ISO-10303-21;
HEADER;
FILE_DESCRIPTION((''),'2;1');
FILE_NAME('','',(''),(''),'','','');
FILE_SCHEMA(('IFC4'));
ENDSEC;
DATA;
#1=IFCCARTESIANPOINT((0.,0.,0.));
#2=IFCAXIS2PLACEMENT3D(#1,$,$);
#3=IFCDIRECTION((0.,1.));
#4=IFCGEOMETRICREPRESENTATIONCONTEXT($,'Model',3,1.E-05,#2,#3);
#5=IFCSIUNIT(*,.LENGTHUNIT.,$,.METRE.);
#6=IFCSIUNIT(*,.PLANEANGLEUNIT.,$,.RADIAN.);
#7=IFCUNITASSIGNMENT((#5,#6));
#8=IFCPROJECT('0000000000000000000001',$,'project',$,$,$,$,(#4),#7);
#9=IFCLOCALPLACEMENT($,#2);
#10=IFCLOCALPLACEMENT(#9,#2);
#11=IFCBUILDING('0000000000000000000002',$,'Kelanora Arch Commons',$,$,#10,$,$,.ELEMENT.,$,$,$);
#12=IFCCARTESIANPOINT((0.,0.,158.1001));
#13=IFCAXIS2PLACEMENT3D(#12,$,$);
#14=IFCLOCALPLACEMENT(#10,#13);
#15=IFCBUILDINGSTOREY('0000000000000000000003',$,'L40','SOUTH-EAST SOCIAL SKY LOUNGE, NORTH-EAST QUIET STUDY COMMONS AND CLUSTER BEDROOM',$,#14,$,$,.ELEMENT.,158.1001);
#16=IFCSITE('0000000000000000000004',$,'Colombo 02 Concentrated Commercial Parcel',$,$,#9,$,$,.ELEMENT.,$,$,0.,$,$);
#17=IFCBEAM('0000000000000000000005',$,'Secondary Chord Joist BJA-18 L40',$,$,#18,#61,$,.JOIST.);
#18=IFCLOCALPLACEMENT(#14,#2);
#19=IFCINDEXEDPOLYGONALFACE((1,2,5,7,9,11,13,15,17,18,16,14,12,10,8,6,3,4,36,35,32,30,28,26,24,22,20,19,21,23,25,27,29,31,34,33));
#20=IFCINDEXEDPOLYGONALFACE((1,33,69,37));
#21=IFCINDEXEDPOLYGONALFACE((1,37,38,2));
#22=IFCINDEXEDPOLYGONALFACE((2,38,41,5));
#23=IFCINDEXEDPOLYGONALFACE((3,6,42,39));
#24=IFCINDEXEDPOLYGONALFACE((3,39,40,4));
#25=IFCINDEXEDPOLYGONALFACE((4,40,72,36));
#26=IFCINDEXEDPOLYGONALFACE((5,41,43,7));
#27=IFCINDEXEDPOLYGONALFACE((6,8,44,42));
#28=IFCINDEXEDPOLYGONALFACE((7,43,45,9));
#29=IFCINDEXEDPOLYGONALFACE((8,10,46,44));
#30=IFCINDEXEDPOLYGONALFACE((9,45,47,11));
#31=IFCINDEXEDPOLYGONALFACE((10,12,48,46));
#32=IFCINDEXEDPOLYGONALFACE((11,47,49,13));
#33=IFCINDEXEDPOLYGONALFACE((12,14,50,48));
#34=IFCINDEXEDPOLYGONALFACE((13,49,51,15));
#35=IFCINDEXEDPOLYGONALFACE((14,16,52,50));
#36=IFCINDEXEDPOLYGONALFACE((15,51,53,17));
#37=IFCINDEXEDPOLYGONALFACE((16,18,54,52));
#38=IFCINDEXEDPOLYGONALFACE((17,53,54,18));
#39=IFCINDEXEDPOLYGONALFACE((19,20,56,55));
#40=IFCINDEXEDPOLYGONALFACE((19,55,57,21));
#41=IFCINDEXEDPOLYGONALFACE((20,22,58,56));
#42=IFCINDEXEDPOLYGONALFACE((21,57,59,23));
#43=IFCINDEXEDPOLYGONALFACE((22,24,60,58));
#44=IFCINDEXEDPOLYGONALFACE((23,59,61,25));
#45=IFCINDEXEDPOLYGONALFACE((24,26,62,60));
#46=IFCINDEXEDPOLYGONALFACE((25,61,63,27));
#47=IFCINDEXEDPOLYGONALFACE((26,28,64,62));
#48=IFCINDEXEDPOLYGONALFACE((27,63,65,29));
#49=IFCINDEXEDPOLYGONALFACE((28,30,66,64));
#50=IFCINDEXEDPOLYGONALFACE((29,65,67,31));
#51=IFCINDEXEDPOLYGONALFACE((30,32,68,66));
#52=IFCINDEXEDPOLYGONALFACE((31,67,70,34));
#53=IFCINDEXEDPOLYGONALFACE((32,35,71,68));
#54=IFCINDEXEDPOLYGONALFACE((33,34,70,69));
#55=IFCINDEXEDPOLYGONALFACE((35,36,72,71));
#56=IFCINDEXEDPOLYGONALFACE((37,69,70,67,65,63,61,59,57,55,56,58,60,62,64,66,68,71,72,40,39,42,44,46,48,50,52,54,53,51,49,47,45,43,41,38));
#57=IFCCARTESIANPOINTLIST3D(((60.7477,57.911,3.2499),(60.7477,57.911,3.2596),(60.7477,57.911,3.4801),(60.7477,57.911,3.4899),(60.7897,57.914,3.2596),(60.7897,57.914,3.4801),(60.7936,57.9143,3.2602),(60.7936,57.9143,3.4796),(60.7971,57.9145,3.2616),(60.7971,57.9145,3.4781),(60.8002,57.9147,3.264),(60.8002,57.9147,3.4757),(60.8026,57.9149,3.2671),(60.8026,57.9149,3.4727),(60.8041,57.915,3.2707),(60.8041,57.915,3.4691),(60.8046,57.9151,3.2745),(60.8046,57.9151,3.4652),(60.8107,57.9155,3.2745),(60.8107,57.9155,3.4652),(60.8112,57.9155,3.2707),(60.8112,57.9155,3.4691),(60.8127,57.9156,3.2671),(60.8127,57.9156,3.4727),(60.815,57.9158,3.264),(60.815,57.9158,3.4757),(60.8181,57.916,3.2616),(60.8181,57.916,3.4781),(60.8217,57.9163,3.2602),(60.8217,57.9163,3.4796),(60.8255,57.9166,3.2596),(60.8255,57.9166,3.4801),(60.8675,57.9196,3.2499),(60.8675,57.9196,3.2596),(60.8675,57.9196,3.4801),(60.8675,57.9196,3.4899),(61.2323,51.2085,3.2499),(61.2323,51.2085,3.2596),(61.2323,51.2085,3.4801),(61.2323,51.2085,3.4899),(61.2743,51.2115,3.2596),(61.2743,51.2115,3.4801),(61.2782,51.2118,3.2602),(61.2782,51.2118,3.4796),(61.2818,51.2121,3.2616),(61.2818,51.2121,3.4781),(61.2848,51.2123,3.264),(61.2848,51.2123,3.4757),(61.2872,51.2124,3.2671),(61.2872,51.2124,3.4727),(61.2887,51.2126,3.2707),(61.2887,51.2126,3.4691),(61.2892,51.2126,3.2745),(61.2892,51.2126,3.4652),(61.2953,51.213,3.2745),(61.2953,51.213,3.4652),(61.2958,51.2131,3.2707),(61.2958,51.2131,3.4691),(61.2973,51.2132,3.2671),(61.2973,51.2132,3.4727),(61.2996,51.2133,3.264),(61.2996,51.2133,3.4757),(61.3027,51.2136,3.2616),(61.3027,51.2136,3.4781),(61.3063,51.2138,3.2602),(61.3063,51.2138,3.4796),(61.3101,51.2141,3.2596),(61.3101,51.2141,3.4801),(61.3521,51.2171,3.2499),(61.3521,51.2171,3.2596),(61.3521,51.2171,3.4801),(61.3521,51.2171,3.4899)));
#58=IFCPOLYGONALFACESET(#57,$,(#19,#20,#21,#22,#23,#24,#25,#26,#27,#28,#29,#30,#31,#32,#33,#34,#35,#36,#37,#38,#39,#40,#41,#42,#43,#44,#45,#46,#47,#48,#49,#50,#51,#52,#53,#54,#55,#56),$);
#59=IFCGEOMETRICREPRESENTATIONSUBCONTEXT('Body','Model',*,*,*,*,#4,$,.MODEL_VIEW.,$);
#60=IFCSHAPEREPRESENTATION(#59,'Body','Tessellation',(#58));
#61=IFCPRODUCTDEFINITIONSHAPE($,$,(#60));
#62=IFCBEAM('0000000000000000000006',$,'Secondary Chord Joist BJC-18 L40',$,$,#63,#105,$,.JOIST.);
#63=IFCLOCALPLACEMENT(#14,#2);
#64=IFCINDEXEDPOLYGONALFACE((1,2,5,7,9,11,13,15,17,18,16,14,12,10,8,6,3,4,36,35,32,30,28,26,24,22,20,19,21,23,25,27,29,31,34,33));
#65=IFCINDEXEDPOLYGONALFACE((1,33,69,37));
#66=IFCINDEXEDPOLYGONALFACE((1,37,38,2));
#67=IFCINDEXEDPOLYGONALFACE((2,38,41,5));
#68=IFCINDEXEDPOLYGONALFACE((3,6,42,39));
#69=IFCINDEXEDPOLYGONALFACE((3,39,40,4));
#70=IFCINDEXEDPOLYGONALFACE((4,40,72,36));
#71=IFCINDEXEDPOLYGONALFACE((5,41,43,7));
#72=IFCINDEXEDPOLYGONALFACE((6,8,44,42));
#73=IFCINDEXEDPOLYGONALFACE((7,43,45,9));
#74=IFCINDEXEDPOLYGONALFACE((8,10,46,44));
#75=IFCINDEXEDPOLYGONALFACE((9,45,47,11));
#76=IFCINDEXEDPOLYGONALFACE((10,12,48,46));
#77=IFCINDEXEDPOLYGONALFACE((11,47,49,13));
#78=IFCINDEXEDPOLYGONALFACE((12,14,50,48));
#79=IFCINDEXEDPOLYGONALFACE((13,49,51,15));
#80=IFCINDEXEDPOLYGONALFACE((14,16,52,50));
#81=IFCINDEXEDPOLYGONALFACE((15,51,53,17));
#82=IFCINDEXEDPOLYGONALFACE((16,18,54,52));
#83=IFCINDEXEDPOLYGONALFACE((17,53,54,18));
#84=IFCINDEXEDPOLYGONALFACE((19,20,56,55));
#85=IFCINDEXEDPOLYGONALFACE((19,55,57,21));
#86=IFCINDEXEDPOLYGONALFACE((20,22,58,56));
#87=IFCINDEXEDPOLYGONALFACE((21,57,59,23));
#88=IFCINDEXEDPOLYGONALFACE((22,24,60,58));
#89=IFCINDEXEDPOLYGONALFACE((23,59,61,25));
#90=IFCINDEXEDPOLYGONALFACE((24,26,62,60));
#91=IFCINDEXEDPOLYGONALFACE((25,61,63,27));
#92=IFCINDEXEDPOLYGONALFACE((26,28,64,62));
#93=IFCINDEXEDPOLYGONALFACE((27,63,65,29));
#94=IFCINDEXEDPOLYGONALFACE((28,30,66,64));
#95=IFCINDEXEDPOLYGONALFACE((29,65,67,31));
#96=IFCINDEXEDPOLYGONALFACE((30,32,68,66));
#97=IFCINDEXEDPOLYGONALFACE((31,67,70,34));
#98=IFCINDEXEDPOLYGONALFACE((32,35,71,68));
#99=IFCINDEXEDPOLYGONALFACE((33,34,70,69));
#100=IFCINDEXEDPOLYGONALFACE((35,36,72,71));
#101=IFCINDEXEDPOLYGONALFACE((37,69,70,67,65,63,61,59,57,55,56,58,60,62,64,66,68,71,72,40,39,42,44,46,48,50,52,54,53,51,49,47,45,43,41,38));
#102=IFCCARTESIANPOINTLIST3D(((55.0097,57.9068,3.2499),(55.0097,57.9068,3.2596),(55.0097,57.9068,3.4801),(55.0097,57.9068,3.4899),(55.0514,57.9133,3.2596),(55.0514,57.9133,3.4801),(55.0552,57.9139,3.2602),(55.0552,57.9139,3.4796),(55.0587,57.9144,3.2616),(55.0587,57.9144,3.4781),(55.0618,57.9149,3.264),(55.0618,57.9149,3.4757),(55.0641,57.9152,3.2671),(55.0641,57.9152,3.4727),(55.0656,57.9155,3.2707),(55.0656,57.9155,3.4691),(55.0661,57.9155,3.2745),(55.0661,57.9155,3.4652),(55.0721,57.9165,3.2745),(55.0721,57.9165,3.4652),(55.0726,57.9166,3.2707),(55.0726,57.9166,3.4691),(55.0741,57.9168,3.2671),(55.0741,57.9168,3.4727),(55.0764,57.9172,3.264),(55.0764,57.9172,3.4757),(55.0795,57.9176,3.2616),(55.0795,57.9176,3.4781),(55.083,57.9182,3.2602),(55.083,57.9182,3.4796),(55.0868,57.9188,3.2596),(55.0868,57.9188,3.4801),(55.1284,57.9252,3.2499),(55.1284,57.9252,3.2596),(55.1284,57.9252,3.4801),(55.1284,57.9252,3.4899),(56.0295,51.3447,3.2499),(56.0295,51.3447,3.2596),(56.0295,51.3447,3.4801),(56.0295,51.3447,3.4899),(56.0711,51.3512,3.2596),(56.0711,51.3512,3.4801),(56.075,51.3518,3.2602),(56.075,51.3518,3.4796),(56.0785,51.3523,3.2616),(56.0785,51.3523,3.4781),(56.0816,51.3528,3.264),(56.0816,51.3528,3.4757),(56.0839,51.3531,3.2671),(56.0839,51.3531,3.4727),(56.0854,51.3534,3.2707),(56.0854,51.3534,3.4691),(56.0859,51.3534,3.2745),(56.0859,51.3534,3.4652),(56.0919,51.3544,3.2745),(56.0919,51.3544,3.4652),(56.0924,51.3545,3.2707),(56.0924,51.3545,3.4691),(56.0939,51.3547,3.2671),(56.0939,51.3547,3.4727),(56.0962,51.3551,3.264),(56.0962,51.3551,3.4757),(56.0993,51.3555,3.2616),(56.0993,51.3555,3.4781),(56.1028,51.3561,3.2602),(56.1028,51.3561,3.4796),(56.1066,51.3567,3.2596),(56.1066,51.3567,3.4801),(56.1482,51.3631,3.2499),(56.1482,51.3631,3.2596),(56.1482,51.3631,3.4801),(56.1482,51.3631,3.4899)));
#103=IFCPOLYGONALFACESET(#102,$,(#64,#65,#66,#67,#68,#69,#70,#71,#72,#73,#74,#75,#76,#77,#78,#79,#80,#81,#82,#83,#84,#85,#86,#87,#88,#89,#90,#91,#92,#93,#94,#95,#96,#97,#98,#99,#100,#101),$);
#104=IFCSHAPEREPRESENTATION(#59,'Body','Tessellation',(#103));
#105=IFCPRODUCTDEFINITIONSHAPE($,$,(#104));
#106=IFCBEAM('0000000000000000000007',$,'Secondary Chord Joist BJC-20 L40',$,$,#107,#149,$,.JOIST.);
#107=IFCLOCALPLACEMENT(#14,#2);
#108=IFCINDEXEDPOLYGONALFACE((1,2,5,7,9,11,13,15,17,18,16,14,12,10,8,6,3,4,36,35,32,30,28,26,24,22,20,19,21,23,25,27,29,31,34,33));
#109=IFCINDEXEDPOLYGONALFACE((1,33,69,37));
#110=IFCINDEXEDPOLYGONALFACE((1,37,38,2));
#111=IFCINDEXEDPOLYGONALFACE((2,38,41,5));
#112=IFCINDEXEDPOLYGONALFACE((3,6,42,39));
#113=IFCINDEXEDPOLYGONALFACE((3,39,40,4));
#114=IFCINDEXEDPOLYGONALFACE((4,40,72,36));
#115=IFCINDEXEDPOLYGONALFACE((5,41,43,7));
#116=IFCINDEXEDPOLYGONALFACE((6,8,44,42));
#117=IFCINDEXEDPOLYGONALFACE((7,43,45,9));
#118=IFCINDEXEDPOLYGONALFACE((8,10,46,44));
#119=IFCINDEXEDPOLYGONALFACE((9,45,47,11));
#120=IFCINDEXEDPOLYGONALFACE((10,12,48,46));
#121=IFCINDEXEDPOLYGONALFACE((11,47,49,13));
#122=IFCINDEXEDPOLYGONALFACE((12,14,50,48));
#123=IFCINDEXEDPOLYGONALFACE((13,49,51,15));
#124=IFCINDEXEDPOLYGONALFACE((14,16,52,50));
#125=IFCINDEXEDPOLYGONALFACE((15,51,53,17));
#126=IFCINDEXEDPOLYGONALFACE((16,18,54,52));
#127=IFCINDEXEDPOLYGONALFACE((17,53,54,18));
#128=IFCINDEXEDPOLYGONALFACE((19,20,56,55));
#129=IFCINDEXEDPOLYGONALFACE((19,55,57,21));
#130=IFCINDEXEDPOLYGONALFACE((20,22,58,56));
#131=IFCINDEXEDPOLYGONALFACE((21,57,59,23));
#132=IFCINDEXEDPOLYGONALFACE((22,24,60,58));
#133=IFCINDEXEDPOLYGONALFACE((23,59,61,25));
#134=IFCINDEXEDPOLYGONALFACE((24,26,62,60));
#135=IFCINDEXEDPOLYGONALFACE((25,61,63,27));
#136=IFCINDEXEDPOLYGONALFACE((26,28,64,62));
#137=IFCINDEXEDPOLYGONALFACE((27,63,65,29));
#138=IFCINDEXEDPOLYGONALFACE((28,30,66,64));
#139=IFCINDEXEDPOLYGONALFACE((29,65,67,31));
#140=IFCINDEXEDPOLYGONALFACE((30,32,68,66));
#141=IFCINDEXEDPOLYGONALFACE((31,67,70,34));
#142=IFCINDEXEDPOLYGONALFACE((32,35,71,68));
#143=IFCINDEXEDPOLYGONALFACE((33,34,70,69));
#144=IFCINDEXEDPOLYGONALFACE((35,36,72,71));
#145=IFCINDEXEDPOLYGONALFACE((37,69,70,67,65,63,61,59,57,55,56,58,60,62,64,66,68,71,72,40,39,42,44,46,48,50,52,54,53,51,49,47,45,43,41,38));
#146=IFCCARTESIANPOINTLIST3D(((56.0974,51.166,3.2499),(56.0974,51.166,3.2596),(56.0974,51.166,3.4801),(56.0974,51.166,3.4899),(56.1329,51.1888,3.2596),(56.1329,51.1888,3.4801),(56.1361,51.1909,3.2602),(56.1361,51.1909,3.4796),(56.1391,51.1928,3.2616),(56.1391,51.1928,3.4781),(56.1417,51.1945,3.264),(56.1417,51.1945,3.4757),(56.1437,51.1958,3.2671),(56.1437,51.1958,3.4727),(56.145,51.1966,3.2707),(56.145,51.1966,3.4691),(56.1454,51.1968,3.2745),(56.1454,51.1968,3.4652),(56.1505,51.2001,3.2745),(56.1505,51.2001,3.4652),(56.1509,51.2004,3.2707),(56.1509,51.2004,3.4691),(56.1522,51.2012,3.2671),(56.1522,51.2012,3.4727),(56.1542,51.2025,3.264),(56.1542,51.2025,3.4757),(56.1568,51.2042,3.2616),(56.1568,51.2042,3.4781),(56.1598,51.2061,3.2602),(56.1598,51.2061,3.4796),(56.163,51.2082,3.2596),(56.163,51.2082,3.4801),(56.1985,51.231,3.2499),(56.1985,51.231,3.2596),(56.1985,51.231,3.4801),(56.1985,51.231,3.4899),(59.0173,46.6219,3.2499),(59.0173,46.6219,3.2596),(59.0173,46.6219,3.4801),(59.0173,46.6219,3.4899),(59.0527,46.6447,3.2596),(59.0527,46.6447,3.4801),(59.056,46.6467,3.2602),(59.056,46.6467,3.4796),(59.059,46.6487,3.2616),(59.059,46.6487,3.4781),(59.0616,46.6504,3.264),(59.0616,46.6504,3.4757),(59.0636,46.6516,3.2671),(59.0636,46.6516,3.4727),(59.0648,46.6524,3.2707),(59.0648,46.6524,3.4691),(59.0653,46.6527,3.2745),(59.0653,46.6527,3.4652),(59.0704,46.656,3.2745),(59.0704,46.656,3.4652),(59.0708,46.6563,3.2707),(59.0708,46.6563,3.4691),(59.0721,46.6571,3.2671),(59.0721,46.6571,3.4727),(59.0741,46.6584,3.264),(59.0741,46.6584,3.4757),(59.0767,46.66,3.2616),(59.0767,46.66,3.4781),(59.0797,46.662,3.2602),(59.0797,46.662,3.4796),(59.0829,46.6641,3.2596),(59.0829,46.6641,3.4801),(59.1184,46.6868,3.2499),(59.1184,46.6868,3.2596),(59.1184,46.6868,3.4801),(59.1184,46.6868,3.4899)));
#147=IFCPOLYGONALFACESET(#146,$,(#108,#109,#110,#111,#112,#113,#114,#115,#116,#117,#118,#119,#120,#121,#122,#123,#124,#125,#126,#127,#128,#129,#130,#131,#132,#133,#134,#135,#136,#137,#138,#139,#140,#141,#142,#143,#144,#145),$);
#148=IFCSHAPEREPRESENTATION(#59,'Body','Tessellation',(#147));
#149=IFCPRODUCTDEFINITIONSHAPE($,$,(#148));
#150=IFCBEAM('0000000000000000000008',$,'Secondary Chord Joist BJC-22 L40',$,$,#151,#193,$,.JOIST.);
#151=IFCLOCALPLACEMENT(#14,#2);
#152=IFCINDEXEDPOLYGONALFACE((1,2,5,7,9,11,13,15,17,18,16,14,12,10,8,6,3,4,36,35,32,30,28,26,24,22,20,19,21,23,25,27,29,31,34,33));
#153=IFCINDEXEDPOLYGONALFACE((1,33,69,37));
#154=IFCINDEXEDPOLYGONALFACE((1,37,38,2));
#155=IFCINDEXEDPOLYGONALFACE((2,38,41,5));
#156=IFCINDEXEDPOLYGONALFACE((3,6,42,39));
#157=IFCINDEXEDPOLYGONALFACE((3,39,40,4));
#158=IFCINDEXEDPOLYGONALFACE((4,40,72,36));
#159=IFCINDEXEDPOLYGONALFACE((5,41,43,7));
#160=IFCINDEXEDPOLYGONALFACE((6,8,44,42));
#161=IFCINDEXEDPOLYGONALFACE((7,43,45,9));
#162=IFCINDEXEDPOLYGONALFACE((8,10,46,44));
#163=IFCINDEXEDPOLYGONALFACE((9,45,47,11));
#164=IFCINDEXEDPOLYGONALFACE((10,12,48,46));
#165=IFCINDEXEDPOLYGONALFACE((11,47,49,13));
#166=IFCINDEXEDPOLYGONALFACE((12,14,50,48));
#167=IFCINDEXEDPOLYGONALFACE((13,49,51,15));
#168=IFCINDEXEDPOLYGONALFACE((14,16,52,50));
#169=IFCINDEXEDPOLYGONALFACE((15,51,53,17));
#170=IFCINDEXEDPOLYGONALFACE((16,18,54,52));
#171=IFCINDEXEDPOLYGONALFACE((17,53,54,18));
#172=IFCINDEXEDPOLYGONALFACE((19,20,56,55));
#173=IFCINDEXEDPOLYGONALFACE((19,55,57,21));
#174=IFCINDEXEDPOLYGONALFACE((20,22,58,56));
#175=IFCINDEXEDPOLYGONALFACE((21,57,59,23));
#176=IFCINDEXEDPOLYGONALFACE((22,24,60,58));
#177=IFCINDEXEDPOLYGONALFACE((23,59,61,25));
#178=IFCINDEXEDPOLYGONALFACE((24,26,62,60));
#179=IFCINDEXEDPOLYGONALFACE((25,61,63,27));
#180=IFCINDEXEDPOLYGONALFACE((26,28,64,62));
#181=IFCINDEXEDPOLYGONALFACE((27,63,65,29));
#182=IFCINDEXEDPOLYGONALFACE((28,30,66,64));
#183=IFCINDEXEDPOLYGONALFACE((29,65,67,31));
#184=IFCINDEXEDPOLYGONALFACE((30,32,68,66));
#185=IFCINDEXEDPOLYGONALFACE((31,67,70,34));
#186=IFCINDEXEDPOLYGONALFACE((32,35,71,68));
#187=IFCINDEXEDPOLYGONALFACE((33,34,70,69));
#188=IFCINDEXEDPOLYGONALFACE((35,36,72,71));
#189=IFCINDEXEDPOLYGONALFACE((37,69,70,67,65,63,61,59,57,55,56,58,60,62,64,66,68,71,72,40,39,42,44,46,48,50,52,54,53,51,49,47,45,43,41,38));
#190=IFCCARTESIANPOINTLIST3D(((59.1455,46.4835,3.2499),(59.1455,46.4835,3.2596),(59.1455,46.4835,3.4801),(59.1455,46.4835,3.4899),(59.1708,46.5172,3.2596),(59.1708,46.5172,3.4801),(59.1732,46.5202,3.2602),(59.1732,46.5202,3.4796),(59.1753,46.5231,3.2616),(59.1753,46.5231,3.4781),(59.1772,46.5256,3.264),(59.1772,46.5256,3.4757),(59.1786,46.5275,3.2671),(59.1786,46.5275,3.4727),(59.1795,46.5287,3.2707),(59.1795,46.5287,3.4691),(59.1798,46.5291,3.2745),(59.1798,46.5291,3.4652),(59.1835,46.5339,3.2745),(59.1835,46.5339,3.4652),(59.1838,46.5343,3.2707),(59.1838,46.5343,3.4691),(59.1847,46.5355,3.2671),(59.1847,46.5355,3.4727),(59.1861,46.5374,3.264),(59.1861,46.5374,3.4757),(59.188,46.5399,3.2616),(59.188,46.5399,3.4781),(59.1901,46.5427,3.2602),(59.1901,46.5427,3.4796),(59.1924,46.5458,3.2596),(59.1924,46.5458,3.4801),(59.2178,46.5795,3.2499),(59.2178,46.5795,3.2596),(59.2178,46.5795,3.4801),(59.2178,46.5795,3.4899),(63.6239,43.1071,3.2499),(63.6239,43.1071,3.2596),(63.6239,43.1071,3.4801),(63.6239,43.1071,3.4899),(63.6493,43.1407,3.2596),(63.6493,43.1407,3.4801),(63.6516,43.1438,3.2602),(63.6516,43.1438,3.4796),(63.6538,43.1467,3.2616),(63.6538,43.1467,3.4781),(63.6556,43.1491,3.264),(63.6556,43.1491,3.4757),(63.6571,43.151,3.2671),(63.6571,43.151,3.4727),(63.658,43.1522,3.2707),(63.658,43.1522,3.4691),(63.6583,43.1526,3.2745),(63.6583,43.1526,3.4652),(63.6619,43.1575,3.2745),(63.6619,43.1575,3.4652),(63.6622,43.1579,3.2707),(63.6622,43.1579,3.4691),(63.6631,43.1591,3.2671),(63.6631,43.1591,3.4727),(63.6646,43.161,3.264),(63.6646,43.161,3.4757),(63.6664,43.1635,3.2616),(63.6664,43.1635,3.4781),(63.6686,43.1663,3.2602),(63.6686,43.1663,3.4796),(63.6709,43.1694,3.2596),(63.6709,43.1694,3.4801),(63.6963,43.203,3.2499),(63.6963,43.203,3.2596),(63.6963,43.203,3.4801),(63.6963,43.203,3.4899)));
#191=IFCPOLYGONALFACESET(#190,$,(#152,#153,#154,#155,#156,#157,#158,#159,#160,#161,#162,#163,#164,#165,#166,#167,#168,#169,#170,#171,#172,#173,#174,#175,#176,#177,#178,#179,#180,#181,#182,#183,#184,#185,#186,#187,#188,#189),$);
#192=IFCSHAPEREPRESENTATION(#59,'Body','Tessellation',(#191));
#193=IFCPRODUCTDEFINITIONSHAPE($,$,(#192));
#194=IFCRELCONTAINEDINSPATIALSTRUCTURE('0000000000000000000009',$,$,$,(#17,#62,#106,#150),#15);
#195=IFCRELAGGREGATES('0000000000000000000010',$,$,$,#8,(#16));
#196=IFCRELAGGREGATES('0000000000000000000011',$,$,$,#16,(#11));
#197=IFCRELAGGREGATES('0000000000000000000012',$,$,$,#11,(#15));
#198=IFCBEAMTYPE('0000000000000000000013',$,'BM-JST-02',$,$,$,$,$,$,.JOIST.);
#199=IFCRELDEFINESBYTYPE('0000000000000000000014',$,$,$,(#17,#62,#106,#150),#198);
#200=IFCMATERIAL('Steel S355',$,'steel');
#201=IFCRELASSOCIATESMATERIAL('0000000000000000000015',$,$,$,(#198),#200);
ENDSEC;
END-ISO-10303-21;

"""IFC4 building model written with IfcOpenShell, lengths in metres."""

from ifc_helpers import new_model, si_unit, direction, frame, origin, origin_2d, place, context, subcontext, project, spatial, i_section, extrude, material, material_profile, profile_set, type_object, element, save


model = new_model("IFC4")

# Units and contexts
model_context = context("Model", 3, precision=1e-05, world=origin(), true_north=direction((0.0, 1.0)))
body_context = subcontext(model_context, "Body", "Model", "MODEL_VIEW")
ifc_project = project(units=[si_unit("LENGTHUNIT", "METRE"), si_unit("PLANEANGLEUNIT", "RADIAN")], contexts=[model_context])

# Site, building, storey
site_placement = place(None, origin())
site = spatial("IfcSite", under=ifc_project, at=site_placement, Name="Colombo 02 Concentrated Commercial Parcel", CompositionType="ELEMENT", RefElevation=0.0)
building_placement = place(site_placement, origin())
building = spatial("IfcBuilding", under=site, at=building_placement, Name="Kelanora Arch Commons", CompositionType="ELEMENT")
storey_placement = place(building_placement, frame((0.0, 0.0, 158.1001)))
storey = spatial("IfcBuildingStorey", under=building, at=storey_placement, Name="L40", Description="SOUTH-EAST SOCIAL SKY LOUNGE, NORTH-EAST QUIET STUDY COMMONS AND CLUSTER BEDROOM", CompositionType="ELEMENT", Elevation=158.1001)

# Beams
ifc_material_1 = material(Name="Steel S355", Category="steel")
ifc_material_profile_1 = material_profile(ifc_material_1, i_section(OverallWidth=0.1201, OverallDepth=0.24, WebThickness=0.0061, FlangeThickness=0.0098, FilletRadius=0.0149, at=origin_2d()), Name="IPE240")
ifc_profile_set_1 = profile_set([ifc_material_profile_1], Name="Steel S355")
beam_type_1 = type_object("IfcBeamType", Name="BM-JST-02", PredefinedType="JOIST", material=ifc_profile_set_1)
beam_1_placement = place(storey_placement, frame((60.8076, 57.9153, 3.3699), z_axis=(0.072117, -0.997396, 0.0), x_axis=(0.997396, 0.072117, 0.0)))
element("IfcBeam", 1, at=beam_1_placement, inside=storey, type_object=beam_type_1, Name="Secondary Chord Joist BJA-18 L40", PredefinedType="JOIST", context=body_context, shape_type="SweptSolid", body=[
    extrude(i_section(OverallWidth=0.1201, OverallDepth=0.24, WebThickness=0.0061, FlangeThickness=0.0098, FilletRadius=0.0149, at=origin_2d()), origin(), (0.0, 0.0, 1.0), 6.72),
])
beam_2_placement = place(storey_placement, frame((55.0691, 57.916, 3.3699), z_axis=(0.153563, -0.988139, 0.0), x_axis=(0.988139, 0.153563, 0.0)))
element("IfcBeam", 2, at=beam_2_placement, inside=storey, type_object=beam_type_1, Name="Secondary Chord Joist BJC-18 L40", PredefinedType="JOIST", context=body_context, shape_type="SweptSolid", body=[
    extrude(i_section(OverallWidth=0.1201, OverallDepth=0.24, WebThickness=0.0061, FlangeThickness=0.0098, FilletRadius=0.0149, at=origin_2d()), origin(), (0.0, 0.0, 1.0), 6.6409),
])
beam_3_placement = place(storey_placement, frame((56.1479, 51.1985, 3.3699), z_axis=(0.540582, -0.841292, 0.0), x_axis=(0.841292, 0.540582, 0.0)))
element("IfcBeam", 3, at=beam_3_placement, inside=storey, type_object=beam_type_1, Name="Secondary Chord Joist BJC-20 L40", PredefinedType="JOIST", context=body_context, shape_type="SweptSolid", body=[
    extrude(i_section(OverallWidth=0.1201, OverallDepth=0.24, WebThickness=0.0061, FlangeThickness=0.0098, FilletRadius=0.0149, at=origin_2d()), origin(), (0.0, 0.0, 1.0), 5.4014),
])
beam_4_placement = place(storey_placement, frame((59.1816, 46.5315, 3.3699), z_axis=(0.798493, -0.602004, 0.0), x_axis=(0.602004, 0.798493, 0.0)))
element("IfcBeam", 4, at=beam_4_placement, inside=storey, type_object=beam_type_1, Name="Secondary Chord Joist BJC-22 L40", PredefinedType="JOIST", context=body_context, shape_type="SweptSolid", body=[
    extrude(i_section(OverallWidth=0.1201, OverallDepth=0.24, WebThickness=0.0061, FlangeThickness=0.0098, FilletRadius=0.0149, at=origin_2d()), origin(), (0.0, 0.0, 1.0), 5.6086),
])

save(model, "model.ifc")
